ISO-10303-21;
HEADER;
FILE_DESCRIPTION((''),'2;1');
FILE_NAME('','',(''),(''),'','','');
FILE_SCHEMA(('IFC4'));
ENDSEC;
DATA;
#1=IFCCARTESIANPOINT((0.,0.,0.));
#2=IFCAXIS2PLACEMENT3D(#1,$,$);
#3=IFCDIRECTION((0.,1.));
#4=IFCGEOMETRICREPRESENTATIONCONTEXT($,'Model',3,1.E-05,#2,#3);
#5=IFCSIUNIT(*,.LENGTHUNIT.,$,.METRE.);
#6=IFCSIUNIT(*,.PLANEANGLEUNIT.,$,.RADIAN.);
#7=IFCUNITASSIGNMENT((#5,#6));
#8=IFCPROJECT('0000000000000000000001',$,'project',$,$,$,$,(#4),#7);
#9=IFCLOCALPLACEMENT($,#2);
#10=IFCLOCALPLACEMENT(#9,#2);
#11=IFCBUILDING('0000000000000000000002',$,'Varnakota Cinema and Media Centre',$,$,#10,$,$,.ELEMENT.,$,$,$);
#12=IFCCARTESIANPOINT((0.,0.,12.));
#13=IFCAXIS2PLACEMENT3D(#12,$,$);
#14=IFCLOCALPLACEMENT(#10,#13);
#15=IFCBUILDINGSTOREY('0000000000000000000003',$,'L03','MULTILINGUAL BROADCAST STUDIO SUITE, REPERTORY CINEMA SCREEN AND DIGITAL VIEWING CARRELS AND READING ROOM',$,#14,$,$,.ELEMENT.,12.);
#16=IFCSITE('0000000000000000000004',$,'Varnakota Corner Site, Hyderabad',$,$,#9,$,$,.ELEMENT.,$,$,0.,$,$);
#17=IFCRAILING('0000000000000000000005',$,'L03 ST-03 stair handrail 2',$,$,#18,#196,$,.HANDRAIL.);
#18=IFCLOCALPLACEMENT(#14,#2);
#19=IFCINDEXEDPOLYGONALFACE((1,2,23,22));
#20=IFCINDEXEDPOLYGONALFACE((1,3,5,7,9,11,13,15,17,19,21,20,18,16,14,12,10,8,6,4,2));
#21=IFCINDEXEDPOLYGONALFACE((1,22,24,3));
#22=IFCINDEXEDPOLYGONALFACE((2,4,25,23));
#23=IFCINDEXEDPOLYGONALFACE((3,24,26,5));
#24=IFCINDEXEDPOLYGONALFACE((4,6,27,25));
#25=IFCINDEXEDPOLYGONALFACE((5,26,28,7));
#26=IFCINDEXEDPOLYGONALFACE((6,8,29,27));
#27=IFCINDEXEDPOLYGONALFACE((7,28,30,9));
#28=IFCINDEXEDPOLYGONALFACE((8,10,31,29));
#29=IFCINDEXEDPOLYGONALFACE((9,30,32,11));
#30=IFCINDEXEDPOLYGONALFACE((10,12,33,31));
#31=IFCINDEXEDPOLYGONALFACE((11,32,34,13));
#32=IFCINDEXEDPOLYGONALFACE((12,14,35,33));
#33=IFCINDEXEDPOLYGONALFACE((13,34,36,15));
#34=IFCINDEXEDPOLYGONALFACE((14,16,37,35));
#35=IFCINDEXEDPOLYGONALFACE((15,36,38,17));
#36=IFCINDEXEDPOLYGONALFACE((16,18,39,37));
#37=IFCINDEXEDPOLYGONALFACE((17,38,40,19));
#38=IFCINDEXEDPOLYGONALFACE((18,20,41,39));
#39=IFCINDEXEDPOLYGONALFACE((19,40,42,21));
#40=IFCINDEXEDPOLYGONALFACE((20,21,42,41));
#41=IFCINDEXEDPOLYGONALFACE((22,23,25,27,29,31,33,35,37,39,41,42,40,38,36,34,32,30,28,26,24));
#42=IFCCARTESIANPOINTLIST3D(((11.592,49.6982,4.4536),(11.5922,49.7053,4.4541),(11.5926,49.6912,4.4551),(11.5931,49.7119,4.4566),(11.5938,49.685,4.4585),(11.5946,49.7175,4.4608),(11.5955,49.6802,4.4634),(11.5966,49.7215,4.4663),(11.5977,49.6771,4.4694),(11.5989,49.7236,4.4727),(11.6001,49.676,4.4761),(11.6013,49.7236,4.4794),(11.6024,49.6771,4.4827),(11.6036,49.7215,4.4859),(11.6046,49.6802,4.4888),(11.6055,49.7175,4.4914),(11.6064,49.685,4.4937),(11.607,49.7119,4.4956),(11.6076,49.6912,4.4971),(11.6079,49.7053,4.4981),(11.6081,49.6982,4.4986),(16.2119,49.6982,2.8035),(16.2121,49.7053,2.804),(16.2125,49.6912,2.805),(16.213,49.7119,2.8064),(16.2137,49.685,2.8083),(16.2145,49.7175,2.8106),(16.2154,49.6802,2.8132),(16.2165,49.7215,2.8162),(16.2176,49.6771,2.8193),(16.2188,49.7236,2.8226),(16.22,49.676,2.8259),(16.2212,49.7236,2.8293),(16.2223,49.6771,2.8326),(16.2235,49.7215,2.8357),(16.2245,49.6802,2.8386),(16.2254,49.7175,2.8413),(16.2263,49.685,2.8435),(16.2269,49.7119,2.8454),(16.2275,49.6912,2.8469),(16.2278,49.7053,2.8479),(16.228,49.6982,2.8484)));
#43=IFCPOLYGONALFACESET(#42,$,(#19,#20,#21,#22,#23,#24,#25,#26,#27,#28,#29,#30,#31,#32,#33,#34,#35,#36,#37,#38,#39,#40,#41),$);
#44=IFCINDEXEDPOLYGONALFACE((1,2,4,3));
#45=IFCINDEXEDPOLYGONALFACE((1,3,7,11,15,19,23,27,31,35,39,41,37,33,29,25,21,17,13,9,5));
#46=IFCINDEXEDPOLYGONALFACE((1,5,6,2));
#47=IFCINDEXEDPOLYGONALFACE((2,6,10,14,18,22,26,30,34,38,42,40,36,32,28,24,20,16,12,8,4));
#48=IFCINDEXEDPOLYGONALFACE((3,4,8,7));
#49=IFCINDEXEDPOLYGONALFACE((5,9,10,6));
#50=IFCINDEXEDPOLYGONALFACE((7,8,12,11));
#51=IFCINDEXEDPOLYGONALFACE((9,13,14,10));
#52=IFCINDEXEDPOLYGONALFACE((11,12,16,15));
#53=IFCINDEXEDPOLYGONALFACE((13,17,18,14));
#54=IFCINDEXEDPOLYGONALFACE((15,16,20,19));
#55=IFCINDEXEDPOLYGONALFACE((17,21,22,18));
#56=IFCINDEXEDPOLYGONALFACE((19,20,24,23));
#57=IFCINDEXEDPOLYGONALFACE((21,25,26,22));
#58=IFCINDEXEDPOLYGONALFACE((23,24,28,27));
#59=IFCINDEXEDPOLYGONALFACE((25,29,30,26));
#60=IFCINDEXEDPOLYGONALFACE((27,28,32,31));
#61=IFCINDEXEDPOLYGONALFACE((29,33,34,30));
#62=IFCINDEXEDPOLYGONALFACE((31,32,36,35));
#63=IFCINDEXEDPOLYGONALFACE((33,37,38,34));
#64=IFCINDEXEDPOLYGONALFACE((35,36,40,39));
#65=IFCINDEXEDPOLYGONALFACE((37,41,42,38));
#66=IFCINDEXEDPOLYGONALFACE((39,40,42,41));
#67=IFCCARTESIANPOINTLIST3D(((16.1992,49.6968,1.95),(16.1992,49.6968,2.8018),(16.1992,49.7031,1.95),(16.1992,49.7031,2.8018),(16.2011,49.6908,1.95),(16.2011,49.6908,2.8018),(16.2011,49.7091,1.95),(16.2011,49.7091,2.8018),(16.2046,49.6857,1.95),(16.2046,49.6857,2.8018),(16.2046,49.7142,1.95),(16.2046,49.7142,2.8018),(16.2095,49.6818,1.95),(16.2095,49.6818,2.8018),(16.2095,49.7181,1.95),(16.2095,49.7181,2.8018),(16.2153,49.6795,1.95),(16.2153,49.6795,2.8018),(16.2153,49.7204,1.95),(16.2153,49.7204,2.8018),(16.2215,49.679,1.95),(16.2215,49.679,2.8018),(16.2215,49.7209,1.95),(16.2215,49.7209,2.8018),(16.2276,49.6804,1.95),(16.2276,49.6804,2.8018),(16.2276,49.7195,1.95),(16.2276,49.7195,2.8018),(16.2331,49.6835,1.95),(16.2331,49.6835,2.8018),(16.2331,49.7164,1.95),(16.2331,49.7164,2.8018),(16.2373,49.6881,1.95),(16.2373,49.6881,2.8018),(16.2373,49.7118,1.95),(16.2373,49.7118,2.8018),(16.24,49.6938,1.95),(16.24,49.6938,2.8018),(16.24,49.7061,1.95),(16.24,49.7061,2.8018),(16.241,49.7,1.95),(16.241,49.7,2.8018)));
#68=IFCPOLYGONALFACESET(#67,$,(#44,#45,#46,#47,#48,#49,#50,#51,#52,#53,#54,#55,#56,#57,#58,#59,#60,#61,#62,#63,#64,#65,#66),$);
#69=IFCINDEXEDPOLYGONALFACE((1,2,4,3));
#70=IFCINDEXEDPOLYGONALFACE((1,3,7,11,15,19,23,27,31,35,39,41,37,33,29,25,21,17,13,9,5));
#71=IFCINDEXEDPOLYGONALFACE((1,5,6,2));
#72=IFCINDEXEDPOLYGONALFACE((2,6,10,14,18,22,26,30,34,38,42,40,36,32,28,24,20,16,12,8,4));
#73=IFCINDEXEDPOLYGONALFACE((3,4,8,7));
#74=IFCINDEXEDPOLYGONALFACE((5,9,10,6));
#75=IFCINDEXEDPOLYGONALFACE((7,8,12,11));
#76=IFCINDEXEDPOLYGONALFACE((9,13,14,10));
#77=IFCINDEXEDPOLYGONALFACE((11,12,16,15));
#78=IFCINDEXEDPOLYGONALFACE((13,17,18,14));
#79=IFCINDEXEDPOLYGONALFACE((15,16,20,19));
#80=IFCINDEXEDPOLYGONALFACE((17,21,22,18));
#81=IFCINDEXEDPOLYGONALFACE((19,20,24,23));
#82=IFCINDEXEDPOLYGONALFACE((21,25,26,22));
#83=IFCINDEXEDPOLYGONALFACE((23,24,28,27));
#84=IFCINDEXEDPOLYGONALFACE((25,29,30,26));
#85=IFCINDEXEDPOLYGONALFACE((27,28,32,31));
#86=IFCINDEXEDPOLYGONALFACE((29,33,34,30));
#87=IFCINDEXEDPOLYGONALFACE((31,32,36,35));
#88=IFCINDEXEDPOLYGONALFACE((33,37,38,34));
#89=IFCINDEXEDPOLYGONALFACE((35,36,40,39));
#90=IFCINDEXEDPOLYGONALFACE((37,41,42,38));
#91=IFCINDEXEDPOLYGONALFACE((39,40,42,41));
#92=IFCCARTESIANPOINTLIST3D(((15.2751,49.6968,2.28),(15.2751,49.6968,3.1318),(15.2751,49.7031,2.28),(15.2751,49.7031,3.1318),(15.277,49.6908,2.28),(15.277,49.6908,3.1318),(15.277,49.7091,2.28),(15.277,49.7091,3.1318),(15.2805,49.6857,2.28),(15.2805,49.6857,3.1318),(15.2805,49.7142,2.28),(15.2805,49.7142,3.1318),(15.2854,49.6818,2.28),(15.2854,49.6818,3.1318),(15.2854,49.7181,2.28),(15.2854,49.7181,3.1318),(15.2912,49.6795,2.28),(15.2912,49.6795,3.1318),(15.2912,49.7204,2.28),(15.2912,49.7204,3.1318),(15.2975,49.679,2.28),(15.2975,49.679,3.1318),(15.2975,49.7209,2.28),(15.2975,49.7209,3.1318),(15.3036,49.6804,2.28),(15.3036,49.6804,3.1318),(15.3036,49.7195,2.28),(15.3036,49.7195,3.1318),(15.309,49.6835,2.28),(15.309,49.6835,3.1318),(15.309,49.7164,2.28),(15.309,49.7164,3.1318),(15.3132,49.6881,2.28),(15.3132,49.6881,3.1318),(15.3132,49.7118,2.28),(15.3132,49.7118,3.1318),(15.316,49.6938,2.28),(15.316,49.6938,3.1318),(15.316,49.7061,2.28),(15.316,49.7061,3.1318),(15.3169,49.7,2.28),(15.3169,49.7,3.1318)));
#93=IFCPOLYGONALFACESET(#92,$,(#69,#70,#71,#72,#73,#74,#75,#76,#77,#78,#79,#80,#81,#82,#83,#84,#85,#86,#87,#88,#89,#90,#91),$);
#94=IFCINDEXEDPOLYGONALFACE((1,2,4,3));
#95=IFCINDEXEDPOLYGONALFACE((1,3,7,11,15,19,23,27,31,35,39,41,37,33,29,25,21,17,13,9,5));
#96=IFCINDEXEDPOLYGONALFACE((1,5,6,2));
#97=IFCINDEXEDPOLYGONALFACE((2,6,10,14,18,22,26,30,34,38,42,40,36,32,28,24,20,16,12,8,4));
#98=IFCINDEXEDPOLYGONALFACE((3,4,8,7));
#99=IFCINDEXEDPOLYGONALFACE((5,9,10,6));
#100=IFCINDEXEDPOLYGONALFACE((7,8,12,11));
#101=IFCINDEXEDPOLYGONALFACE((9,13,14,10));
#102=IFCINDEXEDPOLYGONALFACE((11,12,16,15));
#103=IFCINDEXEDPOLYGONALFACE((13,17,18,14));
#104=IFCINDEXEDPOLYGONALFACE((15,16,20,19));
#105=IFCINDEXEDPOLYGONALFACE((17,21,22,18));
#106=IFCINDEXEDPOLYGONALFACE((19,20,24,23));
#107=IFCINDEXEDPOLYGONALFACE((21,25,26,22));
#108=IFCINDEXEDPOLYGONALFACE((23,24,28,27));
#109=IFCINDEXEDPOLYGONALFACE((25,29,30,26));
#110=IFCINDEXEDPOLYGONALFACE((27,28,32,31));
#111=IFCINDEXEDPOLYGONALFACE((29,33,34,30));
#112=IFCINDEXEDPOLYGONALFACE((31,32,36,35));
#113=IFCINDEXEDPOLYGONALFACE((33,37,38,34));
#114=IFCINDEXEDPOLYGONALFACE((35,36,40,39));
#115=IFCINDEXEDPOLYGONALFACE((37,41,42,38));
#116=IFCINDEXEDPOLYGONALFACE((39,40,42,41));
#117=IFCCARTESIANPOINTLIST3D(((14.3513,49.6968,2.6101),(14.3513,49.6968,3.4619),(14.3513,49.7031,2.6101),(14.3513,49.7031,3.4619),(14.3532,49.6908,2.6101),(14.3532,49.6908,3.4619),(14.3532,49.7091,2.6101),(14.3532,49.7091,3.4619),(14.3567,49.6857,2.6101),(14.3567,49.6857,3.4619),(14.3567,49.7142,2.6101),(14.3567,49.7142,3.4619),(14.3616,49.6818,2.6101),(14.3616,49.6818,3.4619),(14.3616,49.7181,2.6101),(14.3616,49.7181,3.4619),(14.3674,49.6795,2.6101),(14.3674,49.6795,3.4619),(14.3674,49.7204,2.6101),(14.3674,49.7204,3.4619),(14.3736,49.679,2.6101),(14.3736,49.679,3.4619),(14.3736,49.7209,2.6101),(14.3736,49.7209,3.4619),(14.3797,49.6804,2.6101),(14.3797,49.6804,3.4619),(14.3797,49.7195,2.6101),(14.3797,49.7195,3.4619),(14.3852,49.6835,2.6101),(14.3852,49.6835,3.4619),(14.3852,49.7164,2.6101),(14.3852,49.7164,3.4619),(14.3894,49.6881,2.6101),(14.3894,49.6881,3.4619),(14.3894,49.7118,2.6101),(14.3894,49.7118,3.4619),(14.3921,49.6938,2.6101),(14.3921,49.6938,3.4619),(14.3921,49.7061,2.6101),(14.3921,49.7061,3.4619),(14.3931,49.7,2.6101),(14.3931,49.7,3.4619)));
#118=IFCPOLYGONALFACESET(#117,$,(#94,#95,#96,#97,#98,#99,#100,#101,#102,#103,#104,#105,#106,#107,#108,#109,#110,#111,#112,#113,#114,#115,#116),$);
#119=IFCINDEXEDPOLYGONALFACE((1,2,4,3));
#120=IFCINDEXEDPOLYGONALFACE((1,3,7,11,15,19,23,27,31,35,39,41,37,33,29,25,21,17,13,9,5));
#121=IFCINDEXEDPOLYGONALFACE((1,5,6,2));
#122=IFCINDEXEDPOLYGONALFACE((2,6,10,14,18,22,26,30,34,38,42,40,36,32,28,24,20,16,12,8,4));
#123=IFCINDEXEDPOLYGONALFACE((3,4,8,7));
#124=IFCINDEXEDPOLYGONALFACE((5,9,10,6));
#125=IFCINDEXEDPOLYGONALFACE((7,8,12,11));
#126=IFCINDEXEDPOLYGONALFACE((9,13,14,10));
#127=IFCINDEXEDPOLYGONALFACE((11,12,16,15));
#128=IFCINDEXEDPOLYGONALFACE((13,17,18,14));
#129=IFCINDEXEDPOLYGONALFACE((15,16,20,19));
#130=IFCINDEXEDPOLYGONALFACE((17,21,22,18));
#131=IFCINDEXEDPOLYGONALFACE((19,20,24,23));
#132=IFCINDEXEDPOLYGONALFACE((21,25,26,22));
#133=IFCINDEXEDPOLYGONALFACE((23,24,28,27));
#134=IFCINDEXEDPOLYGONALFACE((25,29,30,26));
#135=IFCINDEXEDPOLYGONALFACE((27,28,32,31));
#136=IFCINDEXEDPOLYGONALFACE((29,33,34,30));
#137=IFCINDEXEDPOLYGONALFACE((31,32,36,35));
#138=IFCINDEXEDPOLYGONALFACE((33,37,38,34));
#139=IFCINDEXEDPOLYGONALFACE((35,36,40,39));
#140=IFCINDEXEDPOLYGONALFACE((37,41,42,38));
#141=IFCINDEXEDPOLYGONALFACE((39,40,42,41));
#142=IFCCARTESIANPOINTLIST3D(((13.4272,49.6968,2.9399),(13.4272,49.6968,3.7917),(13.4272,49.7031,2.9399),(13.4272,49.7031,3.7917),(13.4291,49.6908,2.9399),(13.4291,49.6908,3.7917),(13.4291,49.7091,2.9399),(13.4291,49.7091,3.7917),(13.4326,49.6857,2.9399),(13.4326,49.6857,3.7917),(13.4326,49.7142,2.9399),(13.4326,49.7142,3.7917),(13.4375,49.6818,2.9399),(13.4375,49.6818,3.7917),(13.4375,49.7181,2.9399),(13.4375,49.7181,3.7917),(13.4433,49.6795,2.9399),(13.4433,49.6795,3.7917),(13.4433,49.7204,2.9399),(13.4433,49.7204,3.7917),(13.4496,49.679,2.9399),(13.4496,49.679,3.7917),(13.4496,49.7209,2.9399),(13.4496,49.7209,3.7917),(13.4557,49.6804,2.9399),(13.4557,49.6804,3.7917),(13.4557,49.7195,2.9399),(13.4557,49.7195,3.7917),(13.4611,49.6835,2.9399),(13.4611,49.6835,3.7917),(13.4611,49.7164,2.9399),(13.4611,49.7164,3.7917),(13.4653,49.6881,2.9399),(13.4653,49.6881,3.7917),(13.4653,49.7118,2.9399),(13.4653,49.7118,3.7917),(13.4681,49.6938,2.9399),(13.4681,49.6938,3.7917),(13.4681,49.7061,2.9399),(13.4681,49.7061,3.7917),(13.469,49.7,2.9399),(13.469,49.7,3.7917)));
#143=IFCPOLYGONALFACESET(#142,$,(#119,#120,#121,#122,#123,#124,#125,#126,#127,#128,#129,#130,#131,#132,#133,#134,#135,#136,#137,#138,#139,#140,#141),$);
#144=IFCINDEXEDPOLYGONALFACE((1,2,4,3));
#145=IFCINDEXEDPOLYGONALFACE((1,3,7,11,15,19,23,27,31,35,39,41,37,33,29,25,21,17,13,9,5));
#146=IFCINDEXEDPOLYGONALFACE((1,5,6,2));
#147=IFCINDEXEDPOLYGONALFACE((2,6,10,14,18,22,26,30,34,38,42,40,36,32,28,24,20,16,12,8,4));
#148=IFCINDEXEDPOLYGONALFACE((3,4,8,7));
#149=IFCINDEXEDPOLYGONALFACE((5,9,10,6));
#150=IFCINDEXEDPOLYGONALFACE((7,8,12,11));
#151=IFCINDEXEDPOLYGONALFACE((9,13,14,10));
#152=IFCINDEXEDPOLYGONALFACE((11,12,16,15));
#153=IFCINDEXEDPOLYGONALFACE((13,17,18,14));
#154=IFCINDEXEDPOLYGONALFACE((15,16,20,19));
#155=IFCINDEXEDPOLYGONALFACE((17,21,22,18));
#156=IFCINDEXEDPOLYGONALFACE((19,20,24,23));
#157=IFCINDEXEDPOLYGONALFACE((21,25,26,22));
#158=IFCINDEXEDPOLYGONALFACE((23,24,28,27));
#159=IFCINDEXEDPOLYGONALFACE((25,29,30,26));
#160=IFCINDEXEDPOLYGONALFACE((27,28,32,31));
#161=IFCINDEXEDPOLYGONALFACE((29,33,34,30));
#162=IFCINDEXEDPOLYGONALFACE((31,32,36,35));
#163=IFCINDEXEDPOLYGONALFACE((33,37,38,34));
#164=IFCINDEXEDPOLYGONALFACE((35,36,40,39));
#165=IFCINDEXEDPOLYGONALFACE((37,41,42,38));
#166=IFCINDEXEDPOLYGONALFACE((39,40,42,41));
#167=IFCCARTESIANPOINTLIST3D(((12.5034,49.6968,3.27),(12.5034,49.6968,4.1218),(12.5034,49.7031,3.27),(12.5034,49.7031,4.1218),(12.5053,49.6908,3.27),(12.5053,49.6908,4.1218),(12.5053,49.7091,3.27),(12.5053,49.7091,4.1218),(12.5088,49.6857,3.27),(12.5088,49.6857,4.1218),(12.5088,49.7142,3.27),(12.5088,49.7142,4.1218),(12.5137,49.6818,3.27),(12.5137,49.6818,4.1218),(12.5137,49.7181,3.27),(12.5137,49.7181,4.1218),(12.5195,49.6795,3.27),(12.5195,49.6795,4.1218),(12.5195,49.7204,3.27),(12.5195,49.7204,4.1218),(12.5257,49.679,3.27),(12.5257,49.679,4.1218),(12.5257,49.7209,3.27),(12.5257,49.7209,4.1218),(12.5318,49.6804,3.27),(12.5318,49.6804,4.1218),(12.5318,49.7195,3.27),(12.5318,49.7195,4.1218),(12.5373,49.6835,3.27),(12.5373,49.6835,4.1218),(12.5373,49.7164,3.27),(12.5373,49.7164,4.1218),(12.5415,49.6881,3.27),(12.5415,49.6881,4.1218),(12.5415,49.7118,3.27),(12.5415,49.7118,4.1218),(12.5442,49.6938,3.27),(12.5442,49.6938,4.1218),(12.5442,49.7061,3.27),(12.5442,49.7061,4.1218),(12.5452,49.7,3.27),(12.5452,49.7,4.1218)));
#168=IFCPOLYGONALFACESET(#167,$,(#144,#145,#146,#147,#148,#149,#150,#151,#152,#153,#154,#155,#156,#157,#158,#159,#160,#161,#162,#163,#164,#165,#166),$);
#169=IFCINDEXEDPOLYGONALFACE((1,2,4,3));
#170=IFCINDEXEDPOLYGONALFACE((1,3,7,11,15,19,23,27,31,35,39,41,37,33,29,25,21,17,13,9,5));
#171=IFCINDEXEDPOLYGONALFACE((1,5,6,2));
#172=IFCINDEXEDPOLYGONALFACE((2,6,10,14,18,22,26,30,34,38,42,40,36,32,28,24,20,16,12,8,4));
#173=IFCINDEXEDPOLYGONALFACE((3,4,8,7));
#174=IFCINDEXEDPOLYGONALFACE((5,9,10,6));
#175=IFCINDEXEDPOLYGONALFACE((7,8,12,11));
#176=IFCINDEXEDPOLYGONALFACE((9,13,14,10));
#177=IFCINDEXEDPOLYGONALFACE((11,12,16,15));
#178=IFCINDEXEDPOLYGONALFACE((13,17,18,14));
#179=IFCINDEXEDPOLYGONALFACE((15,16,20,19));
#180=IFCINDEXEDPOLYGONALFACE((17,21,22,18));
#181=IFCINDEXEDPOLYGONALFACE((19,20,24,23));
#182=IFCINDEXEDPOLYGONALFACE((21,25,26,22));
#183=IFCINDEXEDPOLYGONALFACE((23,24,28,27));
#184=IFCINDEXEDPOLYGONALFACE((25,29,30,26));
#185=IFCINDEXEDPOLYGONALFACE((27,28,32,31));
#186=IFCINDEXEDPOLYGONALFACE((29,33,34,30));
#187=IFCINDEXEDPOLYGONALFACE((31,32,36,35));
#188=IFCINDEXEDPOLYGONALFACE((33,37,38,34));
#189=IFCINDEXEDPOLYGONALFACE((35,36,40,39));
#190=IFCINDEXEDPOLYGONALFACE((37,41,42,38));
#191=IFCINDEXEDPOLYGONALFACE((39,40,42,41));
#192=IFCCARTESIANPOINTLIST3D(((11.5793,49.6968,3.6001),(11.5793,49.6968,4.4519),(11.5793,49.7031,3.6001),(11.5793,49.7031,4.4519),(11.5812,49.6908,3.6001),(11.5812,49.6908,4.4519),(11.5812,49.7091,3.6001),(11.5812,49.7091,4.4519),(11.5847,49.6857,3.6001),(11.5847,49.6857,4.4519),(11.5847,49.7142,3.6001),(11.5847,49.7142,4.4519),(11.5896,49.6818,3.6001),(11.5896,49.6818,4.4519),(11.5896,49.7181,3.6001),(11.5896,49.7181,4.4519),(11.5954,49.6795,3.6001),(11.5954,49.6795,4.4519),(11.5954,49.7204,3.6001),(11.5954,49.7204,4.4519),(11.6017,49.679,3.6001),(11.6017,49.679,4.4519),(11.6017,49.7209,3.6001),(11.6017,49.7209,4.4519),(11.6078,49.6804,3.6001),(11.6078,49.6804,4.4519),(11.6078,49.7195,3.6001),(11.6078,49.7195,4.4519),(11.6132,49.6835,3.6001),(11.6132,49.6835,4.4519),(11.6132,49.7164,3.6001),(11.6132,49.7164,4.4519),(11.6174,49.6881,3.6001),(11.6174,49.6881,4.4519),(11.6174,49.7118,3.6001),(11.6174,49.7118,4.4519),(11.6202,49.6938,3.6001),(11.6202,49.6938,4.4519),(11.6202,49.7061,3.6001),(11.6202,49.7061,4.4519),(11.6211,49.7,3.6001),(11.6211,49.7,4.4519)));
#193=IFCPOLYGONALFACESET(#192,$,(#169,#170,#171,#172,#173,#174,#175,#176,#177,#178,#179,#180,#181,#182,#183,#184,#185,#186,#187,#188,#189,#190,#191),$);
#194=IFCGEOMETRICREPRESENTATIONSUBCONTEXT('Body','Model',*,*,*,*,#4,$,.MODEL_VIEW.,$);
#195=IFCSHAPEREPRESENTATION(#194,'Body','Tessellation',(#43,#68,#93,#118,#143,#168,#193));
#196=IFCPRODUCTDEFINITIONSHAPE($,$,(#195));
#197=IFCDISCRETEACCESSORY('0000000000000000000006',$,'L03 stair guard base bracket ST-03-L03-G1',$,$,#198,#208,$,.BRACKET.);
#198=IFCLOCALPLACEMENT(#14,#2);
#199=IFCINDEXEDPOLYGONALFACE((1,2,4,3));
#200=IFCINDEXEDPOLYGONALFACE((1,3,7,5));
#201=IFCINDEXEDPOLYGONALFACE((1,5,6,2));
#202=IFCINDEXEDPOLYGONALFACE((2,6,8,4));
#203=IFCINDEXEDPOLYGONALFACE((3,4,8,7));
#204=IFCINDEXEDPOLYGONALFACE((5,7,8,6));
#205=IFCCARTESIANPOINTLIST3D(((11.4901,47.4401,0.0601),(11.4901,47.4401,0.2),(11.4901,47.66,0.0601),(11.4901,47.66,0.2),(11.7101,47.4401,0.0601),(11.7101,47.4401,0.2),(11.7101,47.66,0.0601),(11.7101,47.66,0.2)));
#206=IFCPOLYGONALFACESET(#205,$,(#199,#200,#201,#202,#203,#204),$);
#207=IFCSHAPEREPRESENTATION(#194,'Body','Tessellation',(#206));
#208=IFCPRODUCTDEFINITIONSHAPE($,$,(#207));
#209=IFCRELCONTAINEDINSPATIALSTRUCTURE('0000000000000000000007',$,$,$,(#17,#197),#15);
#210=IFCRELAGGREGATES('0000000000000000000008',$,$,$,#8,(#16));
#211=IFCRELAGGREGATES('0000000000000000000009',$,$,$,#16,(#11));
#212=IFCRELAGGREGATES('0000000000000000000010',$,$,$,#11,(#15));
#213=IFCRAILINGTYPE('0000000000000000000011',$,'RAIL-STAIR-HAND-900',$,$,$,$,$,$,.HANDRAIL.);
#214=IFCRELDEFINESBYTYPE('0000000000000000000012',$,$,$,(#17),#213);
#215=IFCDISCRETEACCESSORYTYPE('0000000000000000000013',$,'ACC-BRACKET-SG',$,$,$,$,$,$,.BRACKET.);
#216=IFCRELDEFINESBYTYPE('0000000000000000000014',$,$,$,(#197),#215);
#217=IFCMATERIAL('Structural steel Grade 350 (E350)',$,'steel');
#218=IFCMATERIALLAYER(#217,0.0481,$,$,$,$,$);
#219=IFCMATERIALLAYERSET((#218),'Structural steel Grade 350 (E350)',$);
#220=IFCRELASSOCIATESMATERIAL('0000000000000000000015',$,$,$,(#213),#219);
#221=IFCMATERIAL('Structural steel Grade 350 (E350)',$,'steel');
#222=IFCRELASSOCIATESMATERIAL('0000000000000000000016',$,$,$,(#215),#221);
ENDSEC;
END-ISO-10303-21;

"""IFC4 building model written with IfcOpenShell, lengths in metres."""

from ifc_helpers import new_model, si_unit, direction, frame, origin, origin_2d, place, context, subcontext, project, spatial, rectangle, circle, extrude, material, layer, layer_set, type_object, element, save


model = new_model("IFC4")

# Units and contexts
model_context = context("Model", 3, precision=1e-05, world=origin(), true_north=direction((0.0, 1.0)))
body_context = subcontext(model_context, "Body", "Model", "MODEL_VIEW")
ifc_project = project(units=[si_unit("LENGTHUNIT", "METRE"), si_unit("PLANEANGLEUNIT", "RADIAN")], contexts=[model_context])

# Site, building, storey
site_placement = place(None, origin())
site = spatial("IfcSite", under=ifc_project, at=site_placement, Name="Varnakota Corner Site, Hyderabad", CompositionType="ELEMENT", RefElevation=0.0)
building_placement = place(site_placement, origin())
building = spatial("IfcBuilding", under=site, at=building_placement, Name="Varnakota Cinema and Media Centre", CompositionType="ELEMENT")
storey_placement = place(building_placement, frame((0.0, 0.0, 12.0)))
storey = spatial("IfcBuildingStorey", under=building, at=storey_placement, Name="L03", Description="MULTILINGUAL BROADCAST STUDIO SUITE, REPERTORY CINEMA SCREEN AND DIGITAL VIEWING CARRELS AND READING ROOM", CompositionType="ELEMENT", Elevation=12.0)

# Railing
ifc_material_1 = material(Name="Structural steel Grade 350 (E350)", Category="steel")
ifc_layer_1 = layer(ifc_material_1, 0.0481)
ifc_layer_set_1 = layer_set([ifc_layer_1], Name="Structural steel Grade 350 (E350)")
railing_type_1 = type_object("IfcRailingType", Name="RAIL-STAIR-HAND-900", PredefinedType="HANDRAIL", material=ifc_layer_set_1)
railing_1_placement = place(storey_placement, frame((16.22, 49.7, 1.95)))
element("IfcRailing", 1, at=railing_1_placement, inside=storey, type_object=railing_type_1, Name="L03 ST-03 stair handrail 2", PredefinedType="HANDRAIL", context=body_context, shape_type="SweptSolid", body=[
    extrude(circle(Radius=0.0239, at=origin_2d()), frame((0.0, 0.0, 0.876), z_axis=(-0.94173, 0.0, 0.336371), x_axis=(0.0, -1.0, 0.0)), (0.0, 0.0, 1.0), 4.9058),
    extrude(circle(Radius=0.021, at=origin_2d()), origin(), (0.0, 0.0, 1.0), 0.8518),
    extrude(circle(Radius=0.021, at=origin_2d()), frame((-0.9241, 0.0, 0.3301)), (0.0, 0.0, 1.0), 0.8518),
    extrude(circle(Radius=0.021, at=origin_2d()), frame((-1.8479, 0.0, 0.6602)), (0.0, 0.0, 1.0), 0.8518),
    extrude(circle(Radius=0.021, at=origin_2d()), frame((-2.772, 0.0, 0.99)), (0.0, 0.0, 1.0), 0.8518),
    extrude(circle(Radius=0.021, at=origin_2d()), frame((-3.6958, 0.0, 1.3201)), (0.0, 0.0, 1.0), 0.8518),
    extrude(circle(Radius=0.021, at=origin_2d()), frame((-4.6199, 0.0, 1.6501)), (0.0, 0.0, 1.0), 0.8518),
])

# Discrete accessory
ifc_material_2 = material(Name="Structural steel Grade 350 (E350)", Category="steel")
discrete_accessory_type = type_object("IfcDiscreteAccessoryType", Name="ACC-BRACKET-SG", PredefinedType="BRACKET", material=ifc_material_2)
for number, where, z_axis, x_axis, name in (
    (2, (11.6001, 47.55, 0.0601), (0.0, 0.0, 1.0), (1.0, 0.0, 0.0), "L03 stair guard base bracket ST-03-L03-G1"),
):
    element("IfcDiscreteAccessory", number, at=place(storey_placement, frame(where, z_axis=z_axis, x_axis=x_axis)), inside=storey, type_object=discrete_accessory_type, Name=name, PredefinedType="BRACKET", context=body_context, shape_type="SweptSolid", body=[
        extrude(rectangle(XDim=0.22, YDim=0.22, at=origin_2d()), origin(), (0.0, 0.0, 1.0), 0.1399),
    ])

save(model, "model.ifc")
